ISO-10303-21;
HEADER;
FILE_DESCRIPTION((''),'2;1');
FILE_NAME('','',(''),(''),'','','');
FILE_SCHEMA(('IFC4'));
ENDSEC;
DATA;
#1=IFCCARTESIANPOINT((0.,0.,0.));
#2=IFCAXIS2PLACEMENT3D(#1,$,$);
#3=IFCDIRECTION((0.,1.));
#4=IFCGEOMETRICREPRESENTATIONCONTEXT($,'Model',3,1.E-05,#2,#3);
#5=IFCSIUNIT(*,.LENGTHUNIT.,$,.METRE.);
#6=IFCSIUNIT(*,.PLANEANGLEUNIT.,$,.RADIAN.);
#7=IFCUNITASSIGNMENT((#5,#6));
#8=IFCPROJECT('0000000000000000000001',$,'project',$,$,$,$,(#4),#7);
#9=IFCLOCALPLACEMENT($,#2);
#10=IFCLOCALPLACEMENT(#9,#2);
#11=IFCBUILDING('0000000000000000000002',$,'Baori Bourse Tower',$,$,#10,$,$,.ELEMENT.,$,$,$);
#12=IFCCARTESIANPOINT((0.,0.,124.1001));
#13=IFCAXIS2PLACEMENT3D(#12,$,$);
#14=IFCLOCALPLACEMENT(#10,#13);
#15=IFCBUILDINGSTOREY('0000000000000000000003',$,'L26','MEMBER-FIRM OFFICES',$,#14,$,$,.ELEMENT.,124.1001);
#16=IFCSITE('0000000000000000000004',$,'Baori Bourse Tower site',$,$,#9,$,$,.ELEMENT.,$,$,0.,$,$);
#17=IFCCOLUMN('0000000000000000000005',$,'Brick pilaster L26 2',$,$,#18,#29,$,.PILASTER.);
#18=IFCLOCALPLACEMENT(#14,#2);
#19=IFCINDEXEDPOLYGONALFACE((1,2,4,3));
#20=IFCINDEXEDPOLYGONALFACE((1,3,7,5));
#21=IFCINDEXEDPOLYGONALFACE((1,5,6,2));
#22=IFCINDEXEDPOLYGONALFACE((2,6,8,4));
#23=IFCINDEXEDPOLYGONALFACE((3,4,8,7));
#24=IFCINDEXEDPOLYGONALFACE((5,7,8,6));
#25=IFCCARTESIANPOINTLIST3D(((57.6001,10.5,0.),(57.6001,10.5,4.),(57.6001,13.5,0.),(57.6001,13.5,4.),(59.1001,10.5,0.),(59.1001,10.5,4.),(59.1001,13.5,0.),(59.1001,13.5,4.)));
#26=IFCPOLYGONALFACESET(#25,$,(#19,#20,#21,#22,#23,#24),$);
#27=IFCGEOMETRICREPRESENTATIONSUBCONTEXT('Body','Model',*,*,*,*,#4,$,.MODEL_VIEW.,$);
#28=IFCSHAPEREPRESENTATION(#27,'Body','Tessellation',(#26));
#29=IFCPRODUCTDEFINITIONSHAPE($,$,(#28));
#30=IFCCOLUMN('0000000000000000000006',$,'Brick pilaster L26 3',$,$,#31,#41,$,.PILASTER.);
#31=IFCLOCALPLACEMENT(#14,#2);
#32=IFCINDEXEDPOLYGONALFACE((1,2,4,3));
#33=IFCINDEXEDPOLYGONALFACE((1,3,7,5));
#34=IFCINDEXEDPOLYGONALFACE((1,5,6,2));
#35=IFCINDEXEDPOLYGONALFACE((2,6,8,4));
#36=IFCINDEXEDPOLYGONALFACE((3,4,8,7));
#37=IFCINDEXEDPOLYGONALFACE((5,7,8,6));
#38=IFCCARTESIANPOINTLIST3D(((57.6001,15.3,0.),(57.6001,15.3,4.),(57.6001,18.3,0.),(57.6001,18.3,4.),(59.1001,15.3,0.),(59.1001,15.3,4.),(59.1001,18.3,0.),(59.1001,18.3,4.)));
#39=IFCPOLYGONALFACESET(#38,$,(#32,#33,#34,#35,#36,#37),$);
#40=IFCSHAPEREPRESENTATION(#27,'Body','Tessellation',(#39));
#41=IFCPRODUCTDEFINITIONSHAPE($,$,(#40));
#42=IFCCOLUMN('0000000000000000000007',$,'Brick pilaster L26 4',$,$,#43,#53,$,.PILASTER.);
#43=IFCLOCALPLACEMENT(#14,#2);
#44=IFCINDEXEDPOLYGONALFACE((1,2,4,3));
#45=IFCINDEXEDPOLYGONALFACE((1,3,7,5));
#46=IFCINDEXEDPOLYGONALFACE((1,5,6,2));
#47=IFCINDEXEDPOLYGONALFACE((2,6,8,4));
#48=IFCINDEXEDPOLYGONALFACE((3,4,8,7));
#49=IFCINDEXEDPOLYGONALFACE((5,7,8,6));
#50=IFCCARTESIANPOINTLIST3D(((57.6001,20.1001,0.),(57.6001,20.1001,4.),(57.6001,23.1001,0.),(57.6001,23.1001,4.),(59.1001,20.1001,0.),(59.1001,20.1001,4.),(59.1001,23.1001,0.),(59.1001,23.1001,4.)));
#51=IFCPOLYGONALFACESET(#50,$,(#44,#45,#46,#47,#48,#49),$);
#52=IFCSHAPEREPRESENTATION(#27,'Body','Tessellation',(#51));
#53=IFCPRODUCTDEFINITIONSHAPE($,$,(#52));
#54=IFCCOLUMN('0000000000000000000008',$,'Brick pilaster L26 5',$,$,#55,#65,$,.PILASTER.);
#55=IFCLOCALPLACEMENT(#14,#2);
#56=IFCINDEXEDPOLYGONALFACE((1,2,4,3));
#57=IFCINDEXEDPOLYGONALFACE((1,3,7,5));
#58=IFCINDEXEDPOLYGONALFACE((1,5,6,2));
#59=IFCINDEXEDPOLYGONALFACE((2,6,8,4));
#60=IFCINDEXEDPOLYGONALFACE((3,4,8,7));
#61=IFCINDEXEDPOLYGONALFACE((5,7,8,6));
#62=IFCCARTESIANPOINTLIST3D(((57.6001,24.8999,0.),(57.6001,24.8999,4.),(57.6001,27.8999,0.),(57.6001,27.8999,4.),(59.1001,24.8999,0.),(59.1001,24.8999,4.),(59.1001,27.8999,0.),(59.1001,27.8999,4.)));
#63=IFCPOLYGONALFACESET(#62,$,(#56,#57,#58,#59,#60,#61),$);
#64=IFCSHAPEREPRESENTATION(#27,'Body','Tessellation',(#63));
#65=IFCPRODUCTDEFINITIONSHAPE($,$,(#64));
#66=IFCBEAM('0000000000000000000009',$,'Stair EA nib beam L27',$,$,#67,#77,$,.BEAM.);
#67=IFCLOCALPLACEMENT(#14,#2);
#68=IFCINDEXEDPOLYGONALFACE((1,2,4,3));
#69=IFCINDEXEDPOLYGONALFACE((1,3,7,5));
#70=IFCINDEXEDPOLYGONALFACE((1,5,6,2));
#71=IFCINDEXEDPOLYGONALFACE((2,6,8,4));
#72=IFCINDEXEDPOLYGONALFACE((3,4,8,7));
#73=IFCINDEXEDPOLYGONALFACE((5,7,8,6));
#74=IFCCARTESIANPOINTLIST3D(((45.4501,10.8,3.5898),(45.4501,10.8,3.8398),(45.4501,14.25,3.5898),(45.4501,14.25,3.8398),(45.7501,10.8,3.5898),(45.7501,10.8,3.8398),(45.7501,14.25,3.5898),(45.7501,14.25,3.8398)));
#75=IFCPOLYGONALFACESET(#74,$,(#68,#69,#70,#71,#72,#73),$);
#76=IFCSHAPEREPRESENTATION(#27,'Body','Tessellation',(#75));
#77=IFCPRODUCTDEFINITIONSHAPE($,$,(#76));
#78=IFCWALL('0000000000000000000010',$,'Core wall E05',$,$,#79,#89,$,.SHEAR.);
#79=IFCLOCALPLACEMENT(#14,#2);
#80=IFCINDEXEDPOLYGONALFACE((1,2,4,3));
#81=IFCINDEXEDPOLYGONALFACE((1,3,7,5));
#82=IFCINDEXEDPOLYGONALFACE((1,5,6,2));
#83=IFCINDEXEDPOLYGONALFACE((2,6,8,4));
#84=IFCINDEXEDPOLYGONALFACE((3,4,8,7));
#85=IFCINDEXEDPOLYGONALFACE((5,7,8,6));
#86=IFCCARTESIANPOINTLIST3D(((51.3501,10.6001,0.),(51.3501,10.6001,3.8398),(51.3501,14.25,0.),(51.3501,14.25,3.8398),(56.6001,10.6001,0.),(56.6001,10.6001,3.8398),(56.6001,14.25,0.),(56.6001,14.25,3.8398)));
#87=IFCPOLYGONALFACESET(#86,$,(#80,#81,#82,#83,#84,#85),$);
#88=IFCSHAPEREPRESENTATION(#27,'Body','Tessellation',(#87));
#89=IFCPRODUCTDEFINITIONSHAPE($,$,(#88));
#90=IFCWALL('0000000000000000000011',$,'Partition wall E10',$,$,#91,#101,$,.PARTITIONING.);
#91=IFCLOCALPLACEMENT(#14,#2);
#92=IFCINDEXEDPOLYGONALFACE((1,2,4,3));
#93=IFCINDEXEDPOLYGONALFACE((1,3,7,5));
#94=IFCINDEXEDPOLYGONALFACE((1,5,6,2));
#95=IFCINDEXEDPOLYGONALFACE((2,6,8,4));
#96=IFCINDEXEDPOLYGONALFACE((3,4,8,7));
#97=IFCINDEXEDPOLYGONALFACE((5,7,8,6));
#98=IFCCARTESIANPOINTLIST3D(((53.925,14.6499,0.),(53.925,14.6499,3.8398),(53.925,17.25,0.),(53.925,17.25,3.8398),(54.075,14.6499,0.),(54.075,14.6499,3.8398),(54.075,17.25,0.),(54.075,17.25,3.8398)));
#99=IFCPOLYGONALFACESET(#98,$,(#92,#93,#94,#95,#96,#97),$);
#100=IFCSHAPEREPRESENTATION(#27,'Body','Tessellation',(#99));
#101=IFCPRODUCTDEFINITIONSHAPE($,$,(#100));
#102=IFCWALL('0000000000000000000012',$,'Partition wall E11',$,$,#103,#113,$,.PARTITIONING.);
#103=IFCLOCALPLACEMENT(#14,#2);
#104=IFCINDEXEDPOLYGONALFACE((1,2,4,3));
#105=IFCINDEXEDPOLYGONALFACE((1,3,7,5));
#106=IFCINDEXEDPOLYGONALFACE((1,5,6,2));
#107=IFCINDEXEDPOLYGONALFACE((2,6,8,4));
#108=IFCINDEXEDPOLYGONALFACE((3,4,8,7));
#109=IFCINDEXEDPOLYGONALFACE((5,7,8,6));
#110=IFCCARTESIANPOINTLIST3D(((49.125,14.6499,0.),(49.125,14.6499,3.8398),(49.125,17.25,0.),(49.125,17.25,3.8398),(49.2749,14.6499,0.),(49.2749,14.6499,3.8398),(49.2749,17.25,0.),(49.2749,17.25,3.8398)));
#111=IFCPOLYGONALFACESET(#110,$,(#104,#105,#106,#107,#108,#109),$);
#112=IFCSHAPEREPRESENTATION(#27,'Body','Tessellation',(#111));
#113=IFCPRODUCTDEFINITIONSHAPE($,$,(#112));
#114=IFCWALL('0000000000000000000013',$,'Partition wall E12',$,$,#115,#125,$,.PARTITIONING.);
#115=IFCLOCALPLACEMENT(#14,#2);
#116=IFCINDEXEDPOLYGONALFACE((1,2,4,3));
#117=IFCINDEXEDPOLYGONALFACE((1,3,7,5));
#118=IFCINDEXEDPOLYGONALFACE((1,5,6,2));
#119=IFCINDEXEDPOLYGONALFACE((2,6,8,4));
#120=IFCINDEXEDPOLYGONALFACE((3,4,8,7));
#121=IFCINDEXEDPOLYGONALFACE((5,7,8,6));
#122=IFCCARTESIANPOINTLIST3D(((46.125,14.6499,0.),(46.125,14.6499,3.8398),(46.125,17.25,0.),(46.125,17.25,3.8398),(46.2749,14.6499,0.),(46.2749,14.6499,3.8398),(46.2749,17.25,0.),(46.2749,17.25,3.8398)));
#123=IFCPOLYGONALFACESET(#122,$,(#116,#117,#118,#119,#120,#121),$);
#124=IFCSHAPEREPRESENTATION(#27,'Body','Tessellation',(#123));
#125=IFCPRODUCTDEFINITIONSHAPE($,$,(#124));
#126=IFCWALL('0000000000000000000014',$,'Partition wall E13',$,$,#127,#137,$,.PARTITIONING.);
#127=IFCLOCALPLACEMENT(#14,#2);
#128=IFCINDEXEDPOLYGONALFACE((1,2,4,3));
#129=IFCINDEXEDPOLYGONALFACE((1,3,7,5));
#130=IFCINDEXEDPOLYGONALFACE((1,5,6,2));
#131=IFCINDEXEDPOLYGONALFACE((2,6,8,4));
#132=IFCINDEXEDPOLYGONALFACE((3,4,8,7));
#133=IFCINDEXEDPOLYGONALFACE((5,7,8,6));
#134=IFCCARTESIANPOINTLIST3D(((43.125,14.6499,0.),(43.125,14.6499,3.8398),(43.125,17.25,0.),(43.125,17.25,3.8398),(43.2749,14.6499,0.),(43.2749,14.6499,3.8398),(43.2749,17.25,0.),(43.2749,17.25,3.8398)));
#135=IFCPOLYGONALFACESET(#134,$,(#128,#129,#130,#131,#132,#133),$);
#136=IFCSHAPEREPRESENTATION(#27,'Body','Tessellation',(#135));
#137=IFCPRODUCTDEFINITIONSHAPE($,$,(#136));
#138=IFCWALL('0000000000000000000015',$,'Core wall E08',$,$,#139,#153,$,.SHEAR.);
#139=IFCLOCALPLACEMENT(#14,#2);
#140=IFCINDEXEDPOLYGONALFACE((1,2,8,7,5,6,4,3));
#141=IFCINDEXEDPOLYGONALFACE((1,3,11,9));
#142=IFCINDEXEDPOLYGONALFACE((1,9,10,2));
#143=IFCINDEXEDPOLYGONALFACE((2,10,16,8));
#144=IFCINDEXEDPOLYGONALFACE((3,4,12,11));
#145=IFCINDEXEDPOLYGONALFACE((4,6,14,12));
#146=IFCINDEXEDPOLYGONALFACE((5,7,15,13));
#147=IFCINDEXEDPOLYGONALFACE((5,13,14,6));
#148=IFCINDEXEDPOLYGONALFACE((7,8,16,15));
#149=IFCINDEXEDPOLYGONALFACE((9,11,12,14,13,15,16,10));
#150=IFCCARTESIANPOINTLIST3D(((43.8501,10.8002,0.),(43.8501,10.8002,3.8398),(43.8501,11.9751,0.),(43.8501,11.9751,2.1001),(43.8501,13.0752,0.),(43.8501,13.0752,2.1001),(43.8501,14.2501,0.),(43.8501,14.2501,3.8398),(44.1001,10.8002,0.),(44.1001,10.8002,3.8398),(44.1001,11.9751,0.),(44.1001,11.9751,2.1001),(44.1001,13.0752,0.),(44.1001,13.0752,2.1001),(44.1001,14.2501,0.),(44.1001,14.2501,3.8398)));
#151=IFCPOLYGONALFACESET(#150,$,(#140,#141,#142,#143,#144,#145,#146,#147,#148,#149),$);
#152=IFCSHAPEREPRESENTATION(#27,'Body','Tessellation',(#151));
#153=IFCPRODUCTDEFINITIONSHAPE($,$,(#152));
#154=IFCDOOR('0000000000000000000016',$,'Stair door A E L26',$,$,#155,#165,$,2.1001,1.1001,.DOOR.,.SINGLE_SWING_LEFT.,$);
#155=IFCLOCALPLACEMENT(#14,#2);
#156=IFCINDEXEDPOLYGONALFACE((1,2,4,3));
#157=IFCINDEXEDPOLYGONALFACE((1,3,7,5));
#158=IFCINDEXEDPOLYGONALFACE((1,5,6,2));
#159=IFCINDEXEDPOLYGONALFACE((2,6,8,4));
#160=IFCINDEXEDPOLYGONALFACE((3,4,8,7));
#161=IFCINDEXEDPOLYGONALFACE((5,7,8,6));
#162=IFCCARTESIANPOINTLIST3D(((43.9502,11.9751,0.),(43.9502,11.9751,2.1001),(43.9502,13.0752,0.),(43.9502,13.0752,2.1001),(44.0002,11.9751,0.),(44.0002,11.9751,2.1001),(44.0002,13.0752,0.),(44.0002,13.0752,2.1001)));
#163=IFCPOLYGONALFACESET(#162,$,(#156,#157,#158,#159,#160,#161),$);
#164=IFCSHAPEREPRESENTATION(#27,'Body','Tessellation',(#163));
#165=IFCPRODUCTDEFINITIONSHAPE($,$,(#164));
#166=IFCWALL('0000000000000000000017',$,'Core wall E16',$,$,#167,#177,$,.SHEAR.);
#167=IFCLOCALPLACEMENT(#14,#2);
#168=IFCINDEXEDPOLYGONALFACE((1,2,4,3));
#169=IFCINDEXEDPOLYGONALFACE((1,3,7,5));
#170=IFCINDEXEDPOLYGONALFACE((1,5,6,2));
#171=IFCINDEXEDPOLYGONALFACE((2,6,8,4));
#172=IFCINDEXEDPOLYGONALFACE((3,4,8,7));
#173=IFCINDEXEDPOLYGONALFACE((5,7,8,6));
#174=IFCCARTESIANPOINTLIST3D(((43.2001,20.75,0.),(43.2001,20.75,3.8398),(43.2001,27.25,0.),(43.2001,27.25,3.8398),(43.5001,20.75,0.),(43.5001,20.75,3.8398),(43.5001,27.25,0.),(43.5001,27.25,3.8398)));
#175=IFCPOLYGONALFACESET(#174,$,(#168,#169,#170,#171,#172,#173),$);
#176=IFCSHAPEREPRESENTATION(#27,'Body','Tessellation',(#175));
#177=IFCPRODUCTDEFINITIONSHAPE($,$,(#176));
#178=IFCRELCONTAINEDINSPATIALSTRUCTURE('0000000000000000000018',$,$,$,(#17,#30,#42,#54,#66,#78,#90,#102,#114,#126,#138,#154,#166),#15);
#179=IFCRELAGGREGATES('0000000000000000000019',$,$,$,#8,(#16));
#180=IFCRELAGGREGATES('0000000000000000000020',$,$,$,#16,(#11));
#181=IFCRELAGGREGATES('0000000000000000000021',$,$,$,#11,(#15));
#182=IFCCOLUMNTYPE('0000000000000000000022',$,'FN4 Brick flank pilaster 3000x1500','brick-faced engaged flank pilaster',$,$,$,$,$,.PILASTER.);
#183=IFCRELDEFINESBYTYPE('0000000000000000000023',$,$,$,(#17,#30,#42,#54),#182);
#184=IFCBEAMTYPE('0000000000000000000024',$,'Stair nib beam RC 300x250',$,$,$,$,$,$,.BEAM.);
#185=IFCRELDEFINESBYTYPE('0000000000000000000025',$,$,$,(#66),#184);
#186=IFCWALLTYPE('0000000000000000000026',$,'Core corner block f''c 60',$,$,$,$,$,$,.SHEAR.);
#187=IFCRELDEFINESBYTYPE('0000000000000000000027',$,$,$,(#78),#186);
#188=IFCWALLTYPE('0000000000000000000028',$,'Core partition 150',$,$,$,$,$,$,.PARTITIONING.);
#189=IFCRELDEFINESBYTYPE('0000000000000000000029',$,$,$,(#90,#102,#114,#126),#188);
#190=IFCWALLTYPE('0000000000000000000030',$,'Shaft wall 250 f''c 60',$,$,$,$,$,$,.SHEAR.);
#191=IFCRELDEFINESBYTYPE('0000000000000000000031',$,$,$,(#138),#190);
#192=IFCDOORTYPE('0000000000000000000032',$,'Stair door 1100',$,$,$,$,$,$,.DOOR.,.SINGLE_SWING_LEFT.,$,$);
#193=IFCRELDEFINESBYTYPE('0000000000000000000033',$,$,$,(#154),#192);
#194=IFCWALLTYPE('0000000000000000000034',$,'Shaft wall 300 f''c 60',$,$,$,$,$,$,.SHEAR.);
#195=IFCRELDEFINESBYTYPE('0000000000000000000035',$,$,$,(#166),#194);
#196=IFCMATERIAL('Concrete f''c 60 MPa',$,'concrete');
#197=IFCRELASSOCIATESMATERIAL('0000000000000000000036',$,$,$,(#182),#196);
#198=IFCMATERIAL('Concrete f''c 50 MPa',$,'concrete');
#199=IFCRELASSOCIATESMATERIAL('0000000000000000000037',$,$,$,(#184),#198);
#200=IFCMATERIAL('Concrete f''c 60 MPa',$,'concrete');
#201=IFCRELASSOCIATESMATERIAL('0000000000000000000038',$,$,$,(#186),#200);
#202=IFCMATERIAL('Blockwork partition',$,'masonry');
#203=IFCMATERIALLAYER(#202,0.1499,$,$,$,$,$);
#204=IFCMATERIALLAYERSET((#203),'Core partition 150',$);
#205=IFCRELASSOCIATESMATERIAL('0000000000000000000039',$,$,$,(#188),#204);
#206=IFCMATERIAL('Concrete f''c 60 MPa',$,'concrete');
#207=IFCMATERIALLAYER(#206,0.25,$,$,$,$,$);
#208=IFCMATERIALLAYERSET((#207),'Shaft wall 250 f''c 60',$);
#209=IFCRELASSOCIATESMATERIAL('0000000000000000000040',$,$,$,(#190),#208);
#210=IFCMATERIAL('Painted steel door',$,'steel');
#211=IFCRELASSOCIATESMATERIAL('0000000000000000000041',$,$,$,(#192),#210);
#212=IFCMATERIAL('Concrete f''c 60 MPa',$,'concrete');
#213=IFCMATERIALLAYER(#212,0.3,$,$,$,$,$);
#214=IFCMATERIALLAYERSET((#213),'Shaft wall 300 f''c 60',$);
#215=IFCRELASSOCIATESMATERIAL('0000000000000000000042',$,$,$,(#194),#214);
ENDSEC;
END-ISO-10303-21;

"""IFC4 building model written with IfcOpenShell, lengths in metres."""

from ifc_helpers import new_model, si_unit, direction, frame, frame_2d, origin, origin_2d, place, context, subcontext, project, spatial, rectangle, extrude, material, layer, layer_set, material_profile, profile_set, type_object, element, fill, save


model = new_model("IFC4")

# Units and contexts
model_context = context("Model", 3, precision=1e-05, world=origin(), true_north=direction((0.0, 1.0)))
body_context = subcontext(model_context, "Body", "Model", "MODEL_VIEW")
ifc_project = project(units=[si_unit("LENGTHUNIT", "METRE"), si_unit("PLANEANGLEUNIT", "RADIAN")], contexts=[model_context])

# Site, building, storey
site_placement = place(None, origin())
site = spatial("IfcSite", under=ifc_project, at=site_placement, Name="Baori Bourse Tower site", CompositionType="ELEMENT", RefElevation=0.0)
building_placement = place(site_placement, origin())
building = spatial("IfcBuilding", under=site, at=building_placement, Name="Baori Bourse Tower", CompositionType="ELEMENT")
storey_placement = place(building_placement, frame((0.0, 0.0, 124.1001)))
storey = spatial("IfcBuildingStorey", under=building, at=storey_placement, Name="L26", Description="MEMBER-FIRM OFFICES", CompositionType="ELEMENT", Elevation=124.1001)

# Columns
ifc_material_1 = material(Name="Concrete f'c 60 MPa", Category="concrete")
ifc_material_profile_1 = material_profile(ifc_material_1, rectangle(XDim=3.0, YDim=1.5, at=origin_2d()), Name="RC 3000x1500")
ifc_profile_set_1 = profile_set([ifc_material_profile_1], Name="Concrete f'c 60 MPa")
column_type = type_object("IfcColumnType", Name="FN4 Brick flank pilaster 3000x1500", Description="brick-faced engaged flank pilaster", PredefinedType="PILASTER", material=ifc_profile_set_1)
for number, where, z_axis, x_axis, name in (
    (1, (58.3501, 12.0, 0.0), (0.0, 0.0, 1.0), (0.0, 1.0, 0.0), "Brick pilaster L26 2"),
    (2, (58.3501, 16.8, 0.0), (0.0, 0.0, 1.0), (0.0, 1.0, 0.0), "Brick pilaster L26 3"),
    (3, (58.3501, 21.6001, 0.0), (0.0, 0.0, 1.0), (0.0, 1.0, 0.0), "Brick pilaster L26 4"),
    (4, (58.3501, 26.3999, 0.0), (0.0, 0.0, 1.0), (0.0, 1.0, 0.0), "Brick pilaster L26 5"),
):
    element("IfcColumn", number, at=place(storey_placement, frame(where, z_axis=z_axis, x_axis=x_axis)), inside=storey, type_object=column_type, Name=name, PredefinedType="PILASTER", context=body_context, shape_type="SweptSolid", body=[
        extrude(rectangle(XDim=3.0, YDim=1.5, at=origin_2d()), origin(), (0.0, 0.0, 1.0), 4.0),
    ])

# Beam
ifc_material_2 = material(Name="Concrete f'c 50 MPa", Category="concrete")
ifc_material_profile_2 = material_profile(ifc_material_2, rectangle(XDim=0.3, YDim=0.25, at=origin_2d()), Name="RC 300x250")
ifc_profile_set_2 = profile_set([ifc_material_profile_2], Name="Concrete f'c 50 MPa")
beam_type = type_object("IfcBeamType", Name="Stair nib beam RC 300x250", PredefinedType="BEAM", material=ifc_profile_set_2)
beam_placement = place(storey_placement, frame((45.6001, 10.8, 3.7148), z_axis=(0.0, 1.0, 0.0), x_axis=(-1.0, 0.0, 0.0)))
element("IfcBeam", 5, at=beam_placement, inside=storey, type_object=beam_type, Name="Stair EA nib beam L27", PredefinedType="BEAM", context=body_context, shape_type="SweptSolid", body=[
    extrude(rectangle(XDim=0.3, YDim=0.25, at=origin_2d()), origin(), (0.0, 0.0, 1.0), 3.45),
])

# Walls
ifc_material_3 = material(Name="Concrete f'c 60 MPa", Category="concrete")
wall_type_1 = type_object("IfcWallType", Name="Core corner block f'c 60", PredefinedType="SHEAR", material=ifc_material_3)
wall_1_placement = place(storey_placement, frame((51.3501, 12.425, 0.0), z_axis=(0.0, 0.0, 1.0), x_axis=(1.0, 0.0, 0.0)))
element("IfcWall", 6, at=wall_1_placement, inside=storey, type_object=wall_type_1, Name="Core wall E05", PredefinedType="SHEAR", context=body_context, shape_type="SweptSolid", body=[
    extrude(rectangle(XDim=5.25, YDim=3.6499, at=frame_2d((2.625, 0.0))), origin(), (0.0, 0.0, 1.0), 3.8398),
])
ifc_material_4 = material(Name="Blockwork partition", Category="masonry")
ifc_layer_1 = layer(ifc_material_4, 0.1499)
ifc_layer_set_1 = layer_set([ifc_layer_1], Name="Core partition 150")
wall_type_2 = type_object("IfcWallType", Name="Core partition 150", PredefinedType="PARTITIONING", material=ifc_layer_set_1)
for number, where, z_axis, x_axis, name in (
    (7, (54.0, 14.6499, 0.0), (0.0, 0.0, 1.0), (0.0, 1.0, 0.0), "Partition wall E10"),
    (8, (49.2, 14.6499, 0.0), (0.0, 0.0, 1.0), (0.0, 1.0, 0.0), "Partition wall E11"),
    (9, (46.2, 14.6499, 0.0), (0.0, 0.0, 1.0), (0.0, 1.0, 0.0), "Partition wall E12"),
    (10, (43.2, 14.6499, 0.0), (0.0, 0.0, 1.0), (0.0, 1.0, 0.0), "Partition wall E13"),
):
    element("IfcWall", number, at=place(storey_placement, frame(where, z_axis=z_axis, x_axis=x_axis)), inside=storey, type_object=wall_type_2, Name=name, PredefinedType="PARTITIONING", context=body_context, shape_type="SweptSolid", body=[
        extrude(rectangle(XDim=2.6001, YDim=0.1499, at=frame_2d((1.3, 0.0))), origin(), (0.0, 0.0, 1.0), 3.8398),
    ])

# Wall, opening, door
ifc_material_5 = material(Name="Concrete f'c 60 MPa", Category="concrete")
ifc_layer_2 = layer(ifc_material_5, 0.25)
ifc_layer_set_2 = layer_set([ifc_layer_2], Name="Shaft wall 250 f'c 60")
wall_type_3 = type_object("IfcWallType", Name="Shaft wall 250 f'c 60", PredefinedType="SHEAR", material=ifc_layer_set_2)
wall_2_placement = place(storey_placement, frame((43.9751, 10.8, 0.0), z_axis=(0.0, 0.0, 1.0), x_axis=(0.0, 1.0, 0.0)))
wall_2 = element("IfcWall", 11, at=wall_2_placement, inside=storey, type_object=wall_type_3, Name="Core wall E08", PredefinedType="SHEAR", context=body_context, shape_type="SweptSolid", body=[
    extrude(rectangle(XDim=3.45, YDim=0.25, at=frame_2d((1.7251, 0.0))), origin(), (0.0, 0.0, 1.0), 3.8398),
])
opening_1_placement = place(wall_2_placement, frame((1.175, 0.0, 0.0)))
opening_1 = element("IfcOpeningElement", 12, at=opening_1_placement, cuts=wall_2, PredefinedType="OPENING", context=body_context, shape_type="SweptSolid", body=[
    extrude(rectangle(XDim=1.1001, YDim=2.1001, at=frame_2d((0.55, 1.05))), frame((0.0, 0.135, 0.0), z_axis=(0.0, -1.0, 0.0), x_axis=(1.0, 0.0, 0.0)), (0.0, 0.0, 1.0), 0.27),
])
ifc_material_6 = material(Name="Painted steel door", Category="steel")
door_type_1 = type_object("IfcDoorType", Name="Stair door 1100", OperationType="SINGLE_SWING_LEFT", PredefinedType="DOOR", material=ifc_material_6)
door_1_placement = place(opening_1_placement, origin())
door_1 = element("IfcDoor", 13, at=door_1_placement, inside=storey, type_object=door_type_1, Name="Stair door A E L26", OperationType="SINGLE_SWING_LEFT", OverallHeight=2.1001, OverallWidth=1.1001, PredefinedType="DOOR", context=body_context, shape_type="SweptSolid", body=[
    extrude(rectangle(XDim=1.1001, YDim=2.1001, at=frame_2d((0.55, 1.05))), frame((0.0, 0.0249, 0.0), z_axis=(0.0, -1.0, 0.0), x_axis=(1.0, 0.0, 0.0)), (0.0, 0.0, 1.0), 0.05),
])
fill(opening_1, door_1)

# Wall
ifc_material_7 = material(Name="Concrete f'c 60 MPa", Category="concrete")
ifc_layer_3 = layer(ifc_material_7, 0.3)
ifc_layer_set_3 = layer_set([ifc_layer_3], Name="Shaft wall 300 f'c 60")
wall_type_4 = type_object("IfcWallType", Name="Shaft wall 300 f'c 60", PredefinedType="SHEAR", material=ifc_layer_set_3)
wall_3_placement = place(storey_placement, frame((43.3501, 20.75, 0.0), z_axis=(0.0, 0.0, 1.0), x_axis=(0.0, 1.0, 0.0)))
element("IfcWall", 14, at=wall_3_placement, inside=storey, type_object=wall_type_4, Name="Core wall E16", PredefinedType="SHEAR", context=body_context, shape_type="SweptSolid", body=[
    extrude(rectangle(XDim=6.5, YDim=0.3, at=frame_2d((3.25, 0.0))), origin(), (0.0, 0.0, 1.0), 3.8398),
])

save(model, "model.ifc")
